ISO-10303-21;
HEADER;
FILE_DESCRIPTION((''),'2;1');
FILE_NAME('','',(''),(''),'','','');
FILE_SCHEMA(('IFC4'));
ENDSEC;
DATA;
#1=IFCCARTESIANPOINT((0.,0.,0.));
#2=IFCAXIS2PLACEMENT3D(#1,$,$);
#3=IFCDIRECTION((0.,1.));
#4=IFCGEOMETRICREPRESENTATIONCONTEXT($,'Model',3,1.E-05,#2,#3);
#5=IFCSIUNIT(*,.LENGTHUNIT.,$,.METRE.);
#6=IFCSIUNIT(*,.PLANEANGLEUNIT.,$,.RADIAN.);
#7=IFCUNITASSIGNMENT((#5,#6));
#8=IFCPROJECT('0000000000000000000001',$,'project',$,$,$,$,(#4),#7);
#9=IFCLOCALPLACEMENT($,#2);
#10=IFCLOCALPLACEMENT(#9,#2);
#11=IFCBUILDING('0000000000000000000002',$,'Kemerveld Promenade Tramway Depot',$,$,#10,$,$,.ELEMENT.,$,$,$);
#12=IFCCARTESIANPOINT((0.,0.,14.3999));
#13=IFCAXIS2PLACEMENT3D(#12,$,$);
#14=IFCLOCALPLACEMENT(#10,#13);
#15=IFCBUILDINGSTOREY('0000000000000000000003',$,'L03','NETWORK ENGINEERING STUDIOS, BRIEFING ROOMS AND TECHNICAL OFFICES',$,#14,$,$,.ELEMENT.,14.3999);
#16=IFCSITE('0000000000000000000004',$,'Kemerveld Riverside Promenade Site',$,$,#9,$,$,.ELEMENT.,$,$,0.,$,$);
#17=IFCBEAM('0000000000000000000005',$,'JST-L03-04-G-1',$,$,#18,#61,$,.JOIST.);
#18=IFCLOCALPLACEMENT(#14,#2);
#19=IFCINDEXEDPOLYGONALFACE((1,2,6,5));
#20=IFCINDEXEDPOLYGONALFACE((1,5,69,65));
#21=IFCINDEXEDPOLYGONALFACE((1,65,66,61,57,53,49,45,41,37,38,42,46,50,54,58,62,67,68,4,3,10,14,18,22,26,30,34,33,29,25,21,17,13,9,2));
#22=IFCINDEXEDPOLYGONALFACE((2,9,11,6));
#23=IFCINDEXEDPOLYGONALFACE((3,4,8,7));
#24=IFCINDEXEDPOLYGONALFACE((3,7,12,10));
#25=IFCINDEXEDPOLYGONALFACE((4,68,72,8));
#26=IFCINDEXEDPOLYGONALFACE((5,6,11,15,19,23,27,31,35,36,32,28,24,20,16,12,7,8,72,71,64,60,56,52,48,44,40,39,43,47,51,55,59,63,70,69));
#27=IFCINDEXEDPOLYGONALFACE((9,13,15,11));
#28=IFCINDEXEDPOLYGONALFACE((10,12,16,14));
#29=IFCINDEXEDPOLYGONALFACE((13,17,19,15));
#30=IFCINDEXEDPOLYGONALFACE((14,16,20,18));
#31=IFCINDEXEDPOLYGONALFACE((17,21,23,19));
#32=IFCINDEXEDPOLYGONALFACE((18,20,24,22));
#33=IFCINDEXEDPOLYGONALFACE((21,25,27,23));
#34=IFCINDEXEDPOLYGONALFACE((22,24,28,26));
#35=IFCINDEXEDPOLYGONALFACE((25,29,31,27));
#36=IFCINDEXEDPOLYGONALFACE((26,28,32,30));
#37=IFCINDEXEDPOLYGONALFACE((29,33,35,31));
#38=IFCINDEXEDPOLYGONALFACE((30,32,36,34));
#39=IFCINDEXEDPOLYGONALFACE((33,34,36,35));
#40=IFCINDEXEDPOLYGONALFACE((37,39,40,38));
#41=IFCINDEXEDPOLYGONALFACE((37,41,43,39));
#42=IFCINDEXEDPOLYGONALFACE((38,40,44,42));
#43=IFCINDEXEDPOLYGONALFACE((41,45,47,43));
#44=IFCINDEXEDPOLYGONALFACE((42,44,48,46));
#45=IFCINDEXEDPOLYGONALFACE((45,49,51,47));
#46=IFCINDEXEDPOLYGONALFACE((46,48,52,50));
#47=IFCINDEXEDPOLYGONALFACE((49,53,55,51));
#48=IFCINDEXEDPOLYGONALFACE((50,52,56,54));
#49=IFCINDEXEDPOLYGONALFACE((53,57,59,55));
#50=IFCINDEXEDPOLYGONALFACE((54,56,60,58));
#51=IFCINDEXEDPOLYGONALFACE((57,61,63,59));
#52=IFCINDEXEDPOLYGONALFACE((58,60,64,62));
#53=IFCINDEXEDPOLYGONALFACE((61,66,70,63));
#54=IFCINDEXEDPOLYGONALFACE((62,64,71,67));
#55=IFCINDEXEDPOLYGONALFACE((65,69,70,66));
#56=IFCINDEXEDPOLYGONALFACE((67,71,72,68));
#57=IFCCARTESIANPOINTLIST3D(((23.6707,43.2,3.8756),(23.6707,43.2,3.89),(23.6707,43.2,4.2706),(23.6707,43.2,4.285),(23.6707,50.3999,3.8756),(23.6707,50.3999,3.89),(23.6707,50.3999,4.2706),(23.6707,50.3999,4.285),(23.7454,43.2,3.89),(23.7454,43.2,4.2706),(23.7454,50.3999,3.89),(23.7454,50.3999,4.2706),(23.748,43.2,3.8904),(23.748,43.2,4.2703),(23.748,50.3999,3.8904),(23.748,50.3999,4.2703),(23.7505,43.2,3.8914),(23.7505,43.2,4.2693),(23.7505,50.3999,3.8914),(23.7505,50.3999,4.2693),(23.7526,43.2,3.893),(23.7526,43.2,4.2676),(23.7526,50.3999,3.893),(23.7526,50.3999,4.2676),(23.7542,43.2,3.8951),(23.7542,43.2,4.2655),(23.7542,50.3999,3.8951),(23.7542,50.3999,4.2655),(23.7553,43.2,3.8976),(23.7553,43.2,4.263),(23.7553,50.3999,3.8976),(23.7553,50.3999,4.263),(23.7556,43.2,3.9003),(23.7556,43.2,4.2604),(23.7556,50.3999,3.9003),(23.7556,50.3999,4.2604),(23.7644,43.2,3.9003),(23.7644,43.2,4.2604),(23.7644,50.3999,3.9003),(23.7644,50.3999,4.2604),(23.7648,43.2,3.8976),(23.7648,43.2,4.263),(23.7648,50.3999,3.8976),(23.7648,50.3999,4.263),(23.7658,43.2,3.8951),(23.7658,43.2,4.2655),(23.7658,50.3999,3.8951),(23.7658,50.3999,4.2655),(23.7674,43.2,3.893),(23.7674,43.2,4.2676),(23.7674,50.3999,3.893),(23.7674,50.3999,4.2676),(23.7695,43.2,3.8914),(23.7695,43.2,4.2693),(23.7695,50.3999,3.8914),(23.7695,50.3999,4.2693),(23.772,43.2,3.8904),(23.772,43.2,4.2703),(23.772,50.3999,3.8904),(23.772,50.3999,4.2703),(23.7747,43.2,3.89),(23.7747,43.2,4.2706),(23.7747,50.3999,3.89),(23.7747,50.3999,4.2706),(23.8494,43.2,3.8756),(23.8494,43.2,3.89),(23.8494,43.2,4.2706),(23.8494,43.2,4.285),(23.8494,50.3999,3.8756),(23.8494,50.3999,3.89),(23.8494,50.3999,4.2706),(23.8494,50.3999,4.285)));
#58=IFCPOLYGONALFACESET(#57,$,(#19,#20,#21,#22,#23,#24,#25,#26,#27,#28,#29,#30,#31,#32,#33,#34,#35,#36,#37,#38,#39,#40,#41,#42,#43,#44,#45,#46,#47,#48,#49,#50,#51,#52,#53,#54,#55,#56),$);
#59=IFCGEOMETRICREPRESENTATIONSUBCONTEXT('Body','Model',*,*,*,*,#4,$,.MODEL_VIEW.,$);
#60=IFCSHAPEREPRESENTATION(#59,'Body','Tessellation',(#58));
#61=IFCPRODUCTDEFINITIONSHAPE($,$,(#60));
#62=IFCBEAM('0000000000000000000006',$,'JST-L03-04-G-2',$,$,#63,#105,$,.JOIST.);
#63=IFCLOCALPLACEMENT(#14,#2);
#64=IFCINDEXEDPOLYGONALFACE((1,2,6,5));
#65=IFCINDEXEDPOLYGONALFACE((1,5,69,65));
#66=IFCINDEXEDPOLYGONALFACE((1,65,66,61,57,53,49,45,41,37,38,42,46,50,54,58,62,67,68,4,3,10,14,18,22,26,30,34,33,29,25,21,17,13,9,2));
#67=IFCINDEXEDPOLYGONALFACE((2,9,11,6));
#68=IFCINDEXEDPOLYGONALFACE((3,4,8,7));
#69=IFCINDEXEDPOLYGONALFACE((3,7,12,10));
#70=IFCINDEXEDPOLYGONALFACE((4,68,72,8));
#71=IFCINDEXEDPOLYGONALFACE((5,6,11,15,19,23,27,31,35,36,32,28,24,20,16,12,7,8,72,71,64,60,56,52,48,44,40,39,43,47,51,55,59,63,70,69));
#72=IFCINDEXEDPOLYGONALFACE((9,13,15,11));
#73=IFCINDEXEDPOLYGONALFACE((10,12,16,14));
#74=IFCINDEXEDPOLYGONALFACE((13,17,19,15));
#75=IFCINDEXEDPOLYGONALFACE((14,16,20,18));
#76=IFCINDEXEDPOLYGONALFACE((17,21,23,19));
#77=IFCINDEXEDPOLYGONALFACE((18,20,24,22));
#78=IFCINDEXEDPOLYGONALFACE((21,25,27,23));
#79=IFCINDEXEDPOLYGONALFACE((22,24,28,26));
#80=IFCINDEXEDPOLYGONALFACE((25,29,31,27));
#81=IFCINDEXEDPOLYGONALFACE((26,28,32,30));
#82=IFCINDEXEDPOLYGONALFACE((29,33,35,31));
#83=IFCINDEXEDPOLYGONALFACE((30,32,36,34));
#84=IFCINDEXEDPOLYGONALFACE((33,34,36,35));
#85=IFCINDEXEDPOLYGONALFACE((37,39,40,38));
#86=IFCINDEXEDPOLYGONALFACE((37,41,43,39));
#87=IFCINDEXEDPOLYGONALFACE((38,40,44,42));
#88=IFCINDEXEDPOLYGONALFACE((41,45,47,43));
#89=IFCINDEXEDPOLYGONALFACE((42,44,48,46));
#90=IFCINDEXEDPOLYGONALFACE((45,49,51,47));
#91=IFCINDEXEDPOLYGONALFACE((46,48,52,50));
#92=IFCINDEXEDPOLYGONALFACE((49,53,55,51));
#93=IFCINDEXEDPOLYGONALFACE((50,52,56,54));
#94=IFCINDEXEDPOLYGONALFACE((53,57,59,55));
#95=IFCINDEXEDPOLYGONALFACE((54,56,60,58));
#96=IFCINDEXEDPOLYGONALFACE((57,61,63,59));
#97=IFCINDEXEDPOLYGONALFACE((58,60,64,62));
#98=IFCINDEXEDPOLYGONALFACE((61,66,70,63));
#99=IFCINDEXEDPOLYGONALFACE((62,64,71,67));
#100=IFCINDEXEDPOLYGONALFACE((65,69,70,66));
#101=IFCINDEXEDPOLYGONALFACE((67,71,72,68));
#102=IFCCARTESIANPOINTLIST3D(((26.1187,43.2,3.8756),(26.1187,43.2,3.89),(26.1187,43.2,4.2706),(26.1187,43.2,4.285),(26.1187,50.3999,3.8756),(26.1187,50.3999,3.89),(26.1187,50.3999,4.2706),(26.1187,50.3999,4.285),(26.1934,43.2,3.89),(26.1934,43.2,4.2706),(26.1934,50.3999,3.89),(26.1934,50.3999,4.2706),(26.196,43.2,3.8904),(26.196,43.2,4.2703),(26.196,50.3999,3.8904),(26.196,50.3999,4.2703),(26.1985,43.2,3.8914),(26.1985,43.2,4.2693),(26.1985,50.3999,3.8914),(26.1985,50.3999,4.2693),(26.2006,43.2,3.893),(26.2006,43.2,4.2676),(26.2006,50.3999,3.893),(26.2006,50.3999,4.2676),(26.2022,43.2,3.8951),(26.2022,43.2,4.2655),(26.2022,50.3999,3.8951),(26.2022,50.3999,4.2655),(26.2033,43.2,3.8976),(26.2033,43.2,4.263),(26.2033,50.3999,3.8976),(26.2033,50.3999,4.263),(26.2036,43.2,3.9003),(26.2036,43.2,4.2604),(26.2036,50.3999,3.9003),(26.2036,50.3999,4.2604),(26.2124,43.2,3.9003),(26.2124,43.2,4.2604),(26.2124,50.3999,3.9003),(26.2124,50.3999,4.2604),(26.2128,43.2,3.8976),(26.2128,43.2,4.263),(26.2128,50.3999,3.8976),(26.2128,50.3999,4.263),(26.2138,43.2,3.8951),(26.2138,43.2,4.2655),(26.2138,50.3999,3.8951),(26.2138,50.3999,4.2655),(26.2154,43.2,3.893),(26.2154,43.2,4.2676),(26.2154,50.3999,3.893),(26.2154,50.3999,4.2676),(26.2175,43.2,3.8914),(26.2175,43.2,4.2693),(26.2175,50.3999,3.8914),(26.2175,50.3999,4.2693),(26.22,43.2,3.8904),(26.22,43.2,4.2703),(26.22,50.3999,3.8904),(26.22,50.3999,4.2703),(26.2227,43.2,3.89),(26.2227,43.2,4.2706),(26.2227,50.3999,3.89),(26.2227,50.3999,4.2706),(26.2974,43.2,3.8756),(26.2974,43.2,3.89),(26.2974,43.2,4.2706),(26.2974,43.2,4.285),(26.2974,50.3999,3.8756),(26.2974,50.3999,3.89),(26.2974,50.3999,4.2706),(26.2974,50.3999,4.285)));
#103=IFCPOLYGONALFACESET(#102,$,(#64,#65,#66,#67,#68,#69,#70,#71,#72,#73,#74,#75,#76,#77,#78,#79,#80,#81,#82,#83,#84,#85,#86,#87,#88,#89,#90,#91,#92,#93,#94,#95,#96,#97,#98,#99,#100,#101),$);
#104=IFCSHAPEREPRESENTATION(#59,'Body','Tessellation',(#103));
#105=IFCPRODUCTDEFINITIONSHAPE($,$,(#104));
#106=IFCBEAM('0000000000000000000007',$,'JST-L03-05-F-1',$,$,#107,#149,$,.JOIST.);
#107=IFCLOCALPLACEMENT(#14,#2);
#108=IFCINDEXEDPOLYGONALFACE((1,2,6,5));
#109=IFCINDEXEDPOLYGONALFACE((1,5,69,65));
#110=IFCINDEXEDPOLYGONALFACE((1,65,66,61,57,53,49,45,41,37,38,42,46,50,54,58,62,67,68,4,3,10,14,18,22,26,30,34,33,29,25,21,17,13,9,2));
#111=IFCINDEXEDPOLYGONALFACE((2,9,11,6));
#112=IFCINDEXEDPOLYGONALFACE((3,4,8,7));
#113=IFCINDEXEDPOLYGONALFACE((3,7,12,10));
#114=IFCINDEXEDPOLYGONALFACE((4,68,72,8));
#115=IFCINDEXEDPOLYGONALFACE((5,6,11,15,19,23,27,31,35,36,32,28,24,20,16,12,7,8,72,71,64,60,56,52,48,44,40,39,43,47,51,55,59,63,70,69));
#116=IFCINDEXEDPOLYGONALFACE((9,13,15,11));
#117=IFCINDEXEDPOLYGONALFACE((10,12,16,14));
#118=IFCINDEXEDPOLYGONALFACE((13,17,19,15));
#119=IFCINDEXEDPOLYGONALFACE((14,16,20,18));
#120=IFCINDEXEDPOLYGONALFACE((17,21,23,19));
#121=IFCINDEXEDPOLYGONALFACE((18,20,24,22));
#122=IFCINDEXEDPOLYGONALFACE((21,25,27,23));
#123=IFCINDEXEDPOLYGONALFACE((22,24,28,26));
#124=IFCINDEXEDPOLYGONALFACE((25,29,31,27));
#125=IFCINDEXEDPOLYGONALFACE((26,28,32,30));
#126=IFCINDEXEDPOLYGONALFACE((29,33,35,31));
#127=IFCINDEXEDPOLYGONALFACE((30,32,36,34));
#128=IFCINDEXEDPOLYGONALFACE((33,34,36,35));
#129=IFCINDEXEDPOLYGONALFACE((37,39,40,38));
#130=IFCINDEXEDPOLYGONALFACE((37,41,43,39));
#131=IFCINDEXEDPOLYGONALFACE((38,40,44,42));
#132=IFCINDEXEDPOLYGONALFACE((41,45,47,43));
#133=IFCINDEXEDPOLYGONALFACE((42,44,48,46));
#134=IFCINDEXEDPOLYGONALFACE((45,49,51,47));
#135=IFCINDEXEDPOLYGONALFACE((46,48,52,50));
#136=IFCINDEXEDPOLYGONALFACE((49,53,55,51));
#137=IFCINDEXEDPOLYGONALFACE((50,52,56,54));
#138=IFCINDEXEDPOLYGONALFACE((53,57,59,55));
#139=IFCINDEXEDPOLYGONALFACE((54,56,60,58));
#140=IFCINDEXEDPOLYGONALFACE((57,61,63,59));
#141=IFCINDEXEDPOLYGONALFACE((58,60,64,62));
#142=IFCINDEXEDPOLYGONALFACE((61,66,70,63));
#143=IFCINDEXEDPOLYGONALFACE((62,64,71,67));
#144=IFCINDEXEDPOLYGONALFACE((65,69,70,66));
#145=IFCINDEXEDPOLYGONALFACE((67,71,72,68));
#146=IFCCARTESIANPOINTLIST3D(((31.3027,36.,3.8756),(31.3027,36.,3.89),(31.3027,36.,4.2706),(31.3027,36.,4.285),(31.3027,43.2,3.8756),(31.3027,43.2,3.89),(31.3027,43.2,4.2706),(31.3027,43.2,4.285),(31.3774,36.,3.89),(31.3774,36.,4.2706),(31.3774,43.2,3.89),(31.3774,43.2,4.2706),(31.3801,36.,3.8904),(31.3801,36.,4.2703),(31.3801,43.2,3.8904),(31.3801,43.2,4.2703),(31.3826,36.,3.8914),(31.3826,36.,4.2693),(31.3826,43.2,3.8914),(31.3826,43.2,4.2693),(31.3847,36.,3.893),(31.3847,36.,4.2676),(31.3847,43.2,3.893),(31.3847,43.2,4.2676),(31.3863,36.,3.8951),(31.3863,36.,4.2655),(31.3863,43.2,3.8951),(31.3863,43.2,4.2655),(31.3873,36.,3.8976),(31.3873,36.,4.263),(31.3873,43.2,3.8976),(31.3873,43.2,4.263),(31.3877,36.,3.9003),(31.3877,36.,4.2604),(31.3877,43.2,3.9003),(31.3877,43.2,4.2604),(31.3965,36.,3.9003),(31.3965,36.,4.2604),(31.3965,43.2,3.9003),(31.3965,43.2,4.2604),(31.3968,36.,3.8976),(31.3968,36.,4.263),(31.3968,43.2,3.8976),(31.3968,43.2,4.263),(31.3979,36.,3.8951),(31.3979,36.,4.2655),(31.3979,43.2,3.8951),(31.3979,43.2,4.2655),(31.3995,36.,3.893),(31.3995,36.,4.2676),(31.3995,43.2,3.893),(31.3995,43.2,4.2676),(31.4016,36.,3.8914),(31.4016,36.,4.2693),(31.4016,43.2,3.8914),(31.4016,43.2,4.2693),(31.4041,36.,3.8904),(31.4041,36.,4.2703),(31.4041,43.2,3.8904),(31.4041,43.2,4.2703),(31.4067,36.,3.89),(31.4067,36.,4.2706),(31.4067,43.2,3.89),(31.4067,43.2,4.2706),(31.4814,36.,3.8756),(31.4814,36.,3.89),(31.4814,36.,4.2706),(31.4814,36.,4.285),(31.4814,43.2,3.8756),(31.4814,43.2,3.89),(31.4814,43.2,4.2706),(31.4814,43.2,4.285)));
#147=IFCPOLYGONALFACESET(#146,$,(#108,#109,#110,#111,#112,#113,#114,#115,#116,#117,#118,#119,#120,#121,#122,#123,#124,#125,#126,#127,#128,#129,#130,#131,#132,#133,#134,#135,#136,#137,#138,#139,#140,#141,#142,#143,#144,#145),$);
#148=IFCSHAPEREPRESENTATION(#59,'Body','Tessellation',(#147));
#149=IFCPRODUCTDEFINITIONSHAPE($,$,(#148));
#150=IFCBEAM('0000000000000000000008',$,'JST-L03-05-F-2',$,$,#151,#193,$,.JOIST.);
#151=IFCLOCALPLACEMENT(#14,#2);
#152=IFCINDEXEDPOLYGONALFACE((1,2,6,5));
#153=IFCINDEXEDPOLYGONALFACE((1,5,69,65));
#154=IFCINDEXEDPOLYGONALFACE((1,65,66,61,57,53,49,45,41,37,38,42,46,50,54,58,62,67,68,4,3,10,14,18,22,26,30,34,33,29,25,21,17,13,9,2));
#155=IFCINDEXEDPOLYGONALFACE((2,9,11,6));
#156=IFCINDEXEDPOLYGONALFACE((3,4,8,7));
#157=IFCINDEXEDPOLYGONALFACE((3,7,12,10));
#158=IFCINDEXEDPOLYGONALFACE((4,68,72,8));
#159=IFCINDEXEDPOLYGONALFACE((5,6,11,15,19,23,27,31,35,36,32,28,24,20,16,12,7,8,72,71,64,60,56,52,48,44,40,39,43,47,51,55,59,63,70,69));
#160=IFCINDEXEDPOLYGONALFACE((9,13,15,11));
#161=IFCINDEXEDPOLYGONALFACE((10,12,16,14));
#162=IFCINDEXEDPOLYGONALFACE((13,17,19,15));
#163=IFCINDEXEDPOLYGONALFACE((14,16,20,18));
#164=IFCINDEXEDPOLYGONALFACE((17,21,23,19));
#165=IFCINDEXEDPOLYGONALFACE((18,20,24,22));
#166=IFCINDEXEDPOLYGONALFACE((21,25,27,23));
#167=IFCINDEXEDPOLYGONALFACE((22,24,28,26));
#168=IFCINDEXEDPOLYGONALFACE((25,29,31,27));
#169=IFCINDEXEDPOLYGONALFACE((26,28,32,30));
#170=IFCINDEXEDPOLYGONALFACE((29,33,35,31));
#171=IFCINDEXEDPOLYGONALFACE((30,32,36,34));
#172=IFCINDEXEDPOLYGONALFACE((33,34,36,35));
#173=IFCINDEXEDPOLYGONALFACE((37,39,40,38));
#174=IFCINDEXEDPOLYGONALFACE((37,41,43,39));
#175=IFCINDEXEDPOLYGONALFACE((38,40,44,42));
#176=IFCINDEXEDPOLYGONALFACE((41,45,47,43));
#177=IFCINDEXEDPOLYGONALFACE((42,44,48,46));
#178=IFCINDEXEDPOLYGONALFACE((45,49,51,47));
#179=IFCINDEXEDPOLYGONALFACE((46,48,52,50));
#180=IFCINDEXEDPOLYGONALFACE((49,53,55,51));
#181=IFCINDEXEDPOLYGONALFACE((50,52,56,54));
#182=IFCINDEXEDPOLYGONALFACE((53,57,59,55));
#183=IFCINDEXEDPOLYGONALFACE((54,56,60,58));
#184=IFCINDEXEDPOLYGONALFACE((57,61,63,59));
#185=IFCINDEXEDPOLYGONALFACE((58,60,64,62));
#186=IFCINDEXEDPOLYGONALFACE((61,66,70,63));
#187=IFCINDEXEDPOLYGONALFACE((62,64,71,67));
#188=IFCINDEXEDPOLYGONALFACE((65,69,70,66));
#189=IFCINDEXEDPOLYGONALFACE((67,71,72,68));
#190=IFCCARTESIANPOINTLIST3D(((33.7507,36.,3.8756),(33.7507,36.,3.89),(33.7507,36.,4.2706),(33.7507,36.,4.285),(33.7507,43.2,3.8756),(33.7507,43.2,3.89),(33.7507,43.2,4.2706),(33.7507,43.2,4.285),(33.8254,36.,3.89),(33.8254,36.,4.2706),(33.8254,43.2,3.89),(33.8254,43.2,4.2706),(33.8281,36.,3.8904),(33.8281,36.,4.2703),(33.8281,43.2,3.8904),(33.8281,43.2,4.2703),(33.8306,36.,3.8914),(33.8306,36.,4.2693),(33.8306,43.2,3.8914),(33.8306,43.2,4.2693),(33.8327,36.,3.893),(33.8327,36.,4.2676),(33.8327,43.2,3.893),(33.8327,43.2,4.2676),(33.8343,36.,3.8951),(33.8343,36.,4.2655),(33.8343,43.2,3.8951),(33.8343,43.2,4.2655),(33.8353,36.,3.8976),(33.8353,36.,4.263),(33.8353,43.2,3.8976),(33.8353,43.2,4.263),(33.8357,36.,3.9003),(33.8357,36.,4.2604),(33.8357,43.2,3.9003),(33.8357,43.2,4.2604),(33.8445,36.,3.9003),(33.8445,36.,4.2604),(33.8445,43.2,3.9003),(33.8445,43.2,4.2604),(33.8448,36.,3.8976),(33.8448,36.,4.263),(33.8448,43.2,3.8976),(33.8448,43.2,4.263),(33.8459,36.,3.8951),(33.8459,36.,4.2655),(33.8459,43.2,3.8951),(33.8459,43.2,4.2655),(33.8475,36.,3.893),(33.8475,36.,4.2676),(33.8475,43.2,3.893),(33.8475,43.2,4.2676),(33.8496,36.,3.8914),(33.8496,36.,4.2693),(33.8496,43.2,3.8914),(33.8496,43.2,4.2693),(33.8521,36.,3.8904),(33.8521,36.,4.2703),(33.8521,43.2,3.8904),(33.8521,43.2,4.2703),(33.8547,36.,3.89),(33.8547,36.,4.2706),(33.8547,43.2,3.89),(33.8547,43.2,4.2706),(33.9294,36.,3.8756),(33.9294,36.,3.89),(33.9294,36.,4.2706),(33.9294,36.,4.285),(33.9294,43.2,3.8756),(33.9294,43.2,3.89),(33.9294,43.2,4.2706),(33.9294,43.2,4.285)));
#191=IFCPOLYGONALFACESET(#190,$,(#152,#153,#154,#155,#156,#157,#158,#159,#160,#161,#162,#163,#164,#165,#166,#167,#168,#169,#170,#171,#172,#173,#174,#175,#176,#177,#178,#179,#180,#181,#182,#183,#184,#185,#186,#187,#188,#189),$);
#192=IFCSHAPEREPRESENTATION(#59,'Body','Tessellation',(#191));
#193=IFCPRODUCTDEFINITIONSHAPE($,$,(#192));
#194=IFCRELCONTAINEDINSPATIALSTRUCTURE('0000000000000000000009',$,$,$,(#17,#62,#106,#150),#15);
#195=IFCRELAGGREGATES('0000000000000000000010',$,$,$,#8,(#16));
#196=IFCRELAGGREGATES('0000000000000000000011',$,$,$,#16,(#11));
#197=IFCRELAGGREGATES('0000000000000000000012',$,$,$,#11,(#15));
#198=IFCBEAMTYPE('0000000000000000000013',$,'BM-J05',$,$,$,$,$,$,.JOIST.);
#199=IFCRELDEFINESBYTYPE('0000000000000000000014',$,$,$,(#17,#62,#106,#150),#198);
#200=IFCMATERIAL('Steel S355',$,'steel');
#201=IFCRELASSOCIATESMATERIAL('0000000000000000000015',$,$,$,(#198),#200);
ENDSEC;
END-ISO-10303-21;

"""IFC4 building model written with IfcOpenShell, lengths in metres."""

from ifc_helpers import new_model, si_unit, direction, frame, origin, origin_2d, place, context, subcontext, project, spatial, i_section, extrude, material, material_profile, profile_set, type_object, element, save


model = new_model("IFC4")

# Units and contexts
model_context = context("Model", 3, precision=1e-05, world=origin(), true_north=direction((0.0, 1.0)))
body_context = subcontext(model_context, "Body", "Model", "MODEL_VIEW")
ifc_project = project(units=[si_unit("LENGTHUNIT", "METRE"), si_unit("PLANEANGLEUNIT", "RADIAN")], contexts=[model_context])

# Site, building, storey
site_placement = place(None, origin())
site = spatial("IfcSite", under=ifc_project, at=site_placement, Name="Kemerveld Riverside Promenade Site", CompositionType="ELEMENT", RefElevation=0.0)
building_placement = place(site_placement, origin())
building = spatial("IfcBuilding", under=site, at=building_placement, Name="Kemerveld Promenade Tramway Depot", CompositionType="ELEMENT")
storey_placement = place(building_placement, frame((0.0, 0.0, 14.3999)))
storey = spatial("IfcBuildingStorey", under=building, at=storey_placement, Name="L03", Description="NETWORK ENGINEERING STUDIOS, BRIEFING ROOMS AND TECHNICAL OFFICES", CompositionType="ELEMENT", Elevation=14.3999)

# Shared definitions
ifc_material = material(Name="Steel S355", Category="steel")

# Beams
ifc_material_profile_1 = material_profile(ifc_material, i_section(OverallWidth=0.1787, OverallDepth=0.4094, WebThickness=0.0088, FlangeThickness=0.0144, FilletRadius=0.0103, at=origin_2d()), Name="406x178x67 UB")
ifc_profile_set_1 = profile_set([ifc_material_profile_1], Name="Steel S355")
beam_type_1 = type_object("IfcBeamType", Name="BM-J05", PredefinedType="JOIST", material=ifc_profile_set_1)
for number, where, z_axis, x_axis, name in (
    (1, (23.76, 43.2, 4.0803), (0.0, 1.0, 0.0), (-1.0, 0.0, 0.0), "JST-L03-04-G-1"),
    (2, (26.208, 43.2, 4.0803), (0.0, 1.0, 0.0), (-1.0, 0.0, 0.0), "JST-L03-04-G-2"),
    (3, (31.3921, 36.0, 4.0803), (0.0, 1.0, 0.0), (-1.0, 0.0, 0.0), "JST-L03-05-F-1"),
    (4, (33.8401, 36.0, 4.0803), (0.0, 1.0, 0.0), (-1.0, 0.0, 0.0), "JST-L03-05-F-2"),
):
    element("IfcBeam", number, at=place(storey_placement, frame(where, z_axis=z_axis, x_axis=x_axis)), inside=storey, type_object=beam_type_1, Name=name, PredefinedType="JOIST", context=body_context, shape_type="SweptSolid", body=[
        extrude(i_section(OverallWidth=0.1787, OverallDepth=0.4094, WebThickness=0.0088, FlangeThickness=0.0144, FilletRadius=0.0103, at=origin_2d()), origin(), (0.0, 0.0, 1.0), 7.2),
    ])

save(model, "model.ifc")
